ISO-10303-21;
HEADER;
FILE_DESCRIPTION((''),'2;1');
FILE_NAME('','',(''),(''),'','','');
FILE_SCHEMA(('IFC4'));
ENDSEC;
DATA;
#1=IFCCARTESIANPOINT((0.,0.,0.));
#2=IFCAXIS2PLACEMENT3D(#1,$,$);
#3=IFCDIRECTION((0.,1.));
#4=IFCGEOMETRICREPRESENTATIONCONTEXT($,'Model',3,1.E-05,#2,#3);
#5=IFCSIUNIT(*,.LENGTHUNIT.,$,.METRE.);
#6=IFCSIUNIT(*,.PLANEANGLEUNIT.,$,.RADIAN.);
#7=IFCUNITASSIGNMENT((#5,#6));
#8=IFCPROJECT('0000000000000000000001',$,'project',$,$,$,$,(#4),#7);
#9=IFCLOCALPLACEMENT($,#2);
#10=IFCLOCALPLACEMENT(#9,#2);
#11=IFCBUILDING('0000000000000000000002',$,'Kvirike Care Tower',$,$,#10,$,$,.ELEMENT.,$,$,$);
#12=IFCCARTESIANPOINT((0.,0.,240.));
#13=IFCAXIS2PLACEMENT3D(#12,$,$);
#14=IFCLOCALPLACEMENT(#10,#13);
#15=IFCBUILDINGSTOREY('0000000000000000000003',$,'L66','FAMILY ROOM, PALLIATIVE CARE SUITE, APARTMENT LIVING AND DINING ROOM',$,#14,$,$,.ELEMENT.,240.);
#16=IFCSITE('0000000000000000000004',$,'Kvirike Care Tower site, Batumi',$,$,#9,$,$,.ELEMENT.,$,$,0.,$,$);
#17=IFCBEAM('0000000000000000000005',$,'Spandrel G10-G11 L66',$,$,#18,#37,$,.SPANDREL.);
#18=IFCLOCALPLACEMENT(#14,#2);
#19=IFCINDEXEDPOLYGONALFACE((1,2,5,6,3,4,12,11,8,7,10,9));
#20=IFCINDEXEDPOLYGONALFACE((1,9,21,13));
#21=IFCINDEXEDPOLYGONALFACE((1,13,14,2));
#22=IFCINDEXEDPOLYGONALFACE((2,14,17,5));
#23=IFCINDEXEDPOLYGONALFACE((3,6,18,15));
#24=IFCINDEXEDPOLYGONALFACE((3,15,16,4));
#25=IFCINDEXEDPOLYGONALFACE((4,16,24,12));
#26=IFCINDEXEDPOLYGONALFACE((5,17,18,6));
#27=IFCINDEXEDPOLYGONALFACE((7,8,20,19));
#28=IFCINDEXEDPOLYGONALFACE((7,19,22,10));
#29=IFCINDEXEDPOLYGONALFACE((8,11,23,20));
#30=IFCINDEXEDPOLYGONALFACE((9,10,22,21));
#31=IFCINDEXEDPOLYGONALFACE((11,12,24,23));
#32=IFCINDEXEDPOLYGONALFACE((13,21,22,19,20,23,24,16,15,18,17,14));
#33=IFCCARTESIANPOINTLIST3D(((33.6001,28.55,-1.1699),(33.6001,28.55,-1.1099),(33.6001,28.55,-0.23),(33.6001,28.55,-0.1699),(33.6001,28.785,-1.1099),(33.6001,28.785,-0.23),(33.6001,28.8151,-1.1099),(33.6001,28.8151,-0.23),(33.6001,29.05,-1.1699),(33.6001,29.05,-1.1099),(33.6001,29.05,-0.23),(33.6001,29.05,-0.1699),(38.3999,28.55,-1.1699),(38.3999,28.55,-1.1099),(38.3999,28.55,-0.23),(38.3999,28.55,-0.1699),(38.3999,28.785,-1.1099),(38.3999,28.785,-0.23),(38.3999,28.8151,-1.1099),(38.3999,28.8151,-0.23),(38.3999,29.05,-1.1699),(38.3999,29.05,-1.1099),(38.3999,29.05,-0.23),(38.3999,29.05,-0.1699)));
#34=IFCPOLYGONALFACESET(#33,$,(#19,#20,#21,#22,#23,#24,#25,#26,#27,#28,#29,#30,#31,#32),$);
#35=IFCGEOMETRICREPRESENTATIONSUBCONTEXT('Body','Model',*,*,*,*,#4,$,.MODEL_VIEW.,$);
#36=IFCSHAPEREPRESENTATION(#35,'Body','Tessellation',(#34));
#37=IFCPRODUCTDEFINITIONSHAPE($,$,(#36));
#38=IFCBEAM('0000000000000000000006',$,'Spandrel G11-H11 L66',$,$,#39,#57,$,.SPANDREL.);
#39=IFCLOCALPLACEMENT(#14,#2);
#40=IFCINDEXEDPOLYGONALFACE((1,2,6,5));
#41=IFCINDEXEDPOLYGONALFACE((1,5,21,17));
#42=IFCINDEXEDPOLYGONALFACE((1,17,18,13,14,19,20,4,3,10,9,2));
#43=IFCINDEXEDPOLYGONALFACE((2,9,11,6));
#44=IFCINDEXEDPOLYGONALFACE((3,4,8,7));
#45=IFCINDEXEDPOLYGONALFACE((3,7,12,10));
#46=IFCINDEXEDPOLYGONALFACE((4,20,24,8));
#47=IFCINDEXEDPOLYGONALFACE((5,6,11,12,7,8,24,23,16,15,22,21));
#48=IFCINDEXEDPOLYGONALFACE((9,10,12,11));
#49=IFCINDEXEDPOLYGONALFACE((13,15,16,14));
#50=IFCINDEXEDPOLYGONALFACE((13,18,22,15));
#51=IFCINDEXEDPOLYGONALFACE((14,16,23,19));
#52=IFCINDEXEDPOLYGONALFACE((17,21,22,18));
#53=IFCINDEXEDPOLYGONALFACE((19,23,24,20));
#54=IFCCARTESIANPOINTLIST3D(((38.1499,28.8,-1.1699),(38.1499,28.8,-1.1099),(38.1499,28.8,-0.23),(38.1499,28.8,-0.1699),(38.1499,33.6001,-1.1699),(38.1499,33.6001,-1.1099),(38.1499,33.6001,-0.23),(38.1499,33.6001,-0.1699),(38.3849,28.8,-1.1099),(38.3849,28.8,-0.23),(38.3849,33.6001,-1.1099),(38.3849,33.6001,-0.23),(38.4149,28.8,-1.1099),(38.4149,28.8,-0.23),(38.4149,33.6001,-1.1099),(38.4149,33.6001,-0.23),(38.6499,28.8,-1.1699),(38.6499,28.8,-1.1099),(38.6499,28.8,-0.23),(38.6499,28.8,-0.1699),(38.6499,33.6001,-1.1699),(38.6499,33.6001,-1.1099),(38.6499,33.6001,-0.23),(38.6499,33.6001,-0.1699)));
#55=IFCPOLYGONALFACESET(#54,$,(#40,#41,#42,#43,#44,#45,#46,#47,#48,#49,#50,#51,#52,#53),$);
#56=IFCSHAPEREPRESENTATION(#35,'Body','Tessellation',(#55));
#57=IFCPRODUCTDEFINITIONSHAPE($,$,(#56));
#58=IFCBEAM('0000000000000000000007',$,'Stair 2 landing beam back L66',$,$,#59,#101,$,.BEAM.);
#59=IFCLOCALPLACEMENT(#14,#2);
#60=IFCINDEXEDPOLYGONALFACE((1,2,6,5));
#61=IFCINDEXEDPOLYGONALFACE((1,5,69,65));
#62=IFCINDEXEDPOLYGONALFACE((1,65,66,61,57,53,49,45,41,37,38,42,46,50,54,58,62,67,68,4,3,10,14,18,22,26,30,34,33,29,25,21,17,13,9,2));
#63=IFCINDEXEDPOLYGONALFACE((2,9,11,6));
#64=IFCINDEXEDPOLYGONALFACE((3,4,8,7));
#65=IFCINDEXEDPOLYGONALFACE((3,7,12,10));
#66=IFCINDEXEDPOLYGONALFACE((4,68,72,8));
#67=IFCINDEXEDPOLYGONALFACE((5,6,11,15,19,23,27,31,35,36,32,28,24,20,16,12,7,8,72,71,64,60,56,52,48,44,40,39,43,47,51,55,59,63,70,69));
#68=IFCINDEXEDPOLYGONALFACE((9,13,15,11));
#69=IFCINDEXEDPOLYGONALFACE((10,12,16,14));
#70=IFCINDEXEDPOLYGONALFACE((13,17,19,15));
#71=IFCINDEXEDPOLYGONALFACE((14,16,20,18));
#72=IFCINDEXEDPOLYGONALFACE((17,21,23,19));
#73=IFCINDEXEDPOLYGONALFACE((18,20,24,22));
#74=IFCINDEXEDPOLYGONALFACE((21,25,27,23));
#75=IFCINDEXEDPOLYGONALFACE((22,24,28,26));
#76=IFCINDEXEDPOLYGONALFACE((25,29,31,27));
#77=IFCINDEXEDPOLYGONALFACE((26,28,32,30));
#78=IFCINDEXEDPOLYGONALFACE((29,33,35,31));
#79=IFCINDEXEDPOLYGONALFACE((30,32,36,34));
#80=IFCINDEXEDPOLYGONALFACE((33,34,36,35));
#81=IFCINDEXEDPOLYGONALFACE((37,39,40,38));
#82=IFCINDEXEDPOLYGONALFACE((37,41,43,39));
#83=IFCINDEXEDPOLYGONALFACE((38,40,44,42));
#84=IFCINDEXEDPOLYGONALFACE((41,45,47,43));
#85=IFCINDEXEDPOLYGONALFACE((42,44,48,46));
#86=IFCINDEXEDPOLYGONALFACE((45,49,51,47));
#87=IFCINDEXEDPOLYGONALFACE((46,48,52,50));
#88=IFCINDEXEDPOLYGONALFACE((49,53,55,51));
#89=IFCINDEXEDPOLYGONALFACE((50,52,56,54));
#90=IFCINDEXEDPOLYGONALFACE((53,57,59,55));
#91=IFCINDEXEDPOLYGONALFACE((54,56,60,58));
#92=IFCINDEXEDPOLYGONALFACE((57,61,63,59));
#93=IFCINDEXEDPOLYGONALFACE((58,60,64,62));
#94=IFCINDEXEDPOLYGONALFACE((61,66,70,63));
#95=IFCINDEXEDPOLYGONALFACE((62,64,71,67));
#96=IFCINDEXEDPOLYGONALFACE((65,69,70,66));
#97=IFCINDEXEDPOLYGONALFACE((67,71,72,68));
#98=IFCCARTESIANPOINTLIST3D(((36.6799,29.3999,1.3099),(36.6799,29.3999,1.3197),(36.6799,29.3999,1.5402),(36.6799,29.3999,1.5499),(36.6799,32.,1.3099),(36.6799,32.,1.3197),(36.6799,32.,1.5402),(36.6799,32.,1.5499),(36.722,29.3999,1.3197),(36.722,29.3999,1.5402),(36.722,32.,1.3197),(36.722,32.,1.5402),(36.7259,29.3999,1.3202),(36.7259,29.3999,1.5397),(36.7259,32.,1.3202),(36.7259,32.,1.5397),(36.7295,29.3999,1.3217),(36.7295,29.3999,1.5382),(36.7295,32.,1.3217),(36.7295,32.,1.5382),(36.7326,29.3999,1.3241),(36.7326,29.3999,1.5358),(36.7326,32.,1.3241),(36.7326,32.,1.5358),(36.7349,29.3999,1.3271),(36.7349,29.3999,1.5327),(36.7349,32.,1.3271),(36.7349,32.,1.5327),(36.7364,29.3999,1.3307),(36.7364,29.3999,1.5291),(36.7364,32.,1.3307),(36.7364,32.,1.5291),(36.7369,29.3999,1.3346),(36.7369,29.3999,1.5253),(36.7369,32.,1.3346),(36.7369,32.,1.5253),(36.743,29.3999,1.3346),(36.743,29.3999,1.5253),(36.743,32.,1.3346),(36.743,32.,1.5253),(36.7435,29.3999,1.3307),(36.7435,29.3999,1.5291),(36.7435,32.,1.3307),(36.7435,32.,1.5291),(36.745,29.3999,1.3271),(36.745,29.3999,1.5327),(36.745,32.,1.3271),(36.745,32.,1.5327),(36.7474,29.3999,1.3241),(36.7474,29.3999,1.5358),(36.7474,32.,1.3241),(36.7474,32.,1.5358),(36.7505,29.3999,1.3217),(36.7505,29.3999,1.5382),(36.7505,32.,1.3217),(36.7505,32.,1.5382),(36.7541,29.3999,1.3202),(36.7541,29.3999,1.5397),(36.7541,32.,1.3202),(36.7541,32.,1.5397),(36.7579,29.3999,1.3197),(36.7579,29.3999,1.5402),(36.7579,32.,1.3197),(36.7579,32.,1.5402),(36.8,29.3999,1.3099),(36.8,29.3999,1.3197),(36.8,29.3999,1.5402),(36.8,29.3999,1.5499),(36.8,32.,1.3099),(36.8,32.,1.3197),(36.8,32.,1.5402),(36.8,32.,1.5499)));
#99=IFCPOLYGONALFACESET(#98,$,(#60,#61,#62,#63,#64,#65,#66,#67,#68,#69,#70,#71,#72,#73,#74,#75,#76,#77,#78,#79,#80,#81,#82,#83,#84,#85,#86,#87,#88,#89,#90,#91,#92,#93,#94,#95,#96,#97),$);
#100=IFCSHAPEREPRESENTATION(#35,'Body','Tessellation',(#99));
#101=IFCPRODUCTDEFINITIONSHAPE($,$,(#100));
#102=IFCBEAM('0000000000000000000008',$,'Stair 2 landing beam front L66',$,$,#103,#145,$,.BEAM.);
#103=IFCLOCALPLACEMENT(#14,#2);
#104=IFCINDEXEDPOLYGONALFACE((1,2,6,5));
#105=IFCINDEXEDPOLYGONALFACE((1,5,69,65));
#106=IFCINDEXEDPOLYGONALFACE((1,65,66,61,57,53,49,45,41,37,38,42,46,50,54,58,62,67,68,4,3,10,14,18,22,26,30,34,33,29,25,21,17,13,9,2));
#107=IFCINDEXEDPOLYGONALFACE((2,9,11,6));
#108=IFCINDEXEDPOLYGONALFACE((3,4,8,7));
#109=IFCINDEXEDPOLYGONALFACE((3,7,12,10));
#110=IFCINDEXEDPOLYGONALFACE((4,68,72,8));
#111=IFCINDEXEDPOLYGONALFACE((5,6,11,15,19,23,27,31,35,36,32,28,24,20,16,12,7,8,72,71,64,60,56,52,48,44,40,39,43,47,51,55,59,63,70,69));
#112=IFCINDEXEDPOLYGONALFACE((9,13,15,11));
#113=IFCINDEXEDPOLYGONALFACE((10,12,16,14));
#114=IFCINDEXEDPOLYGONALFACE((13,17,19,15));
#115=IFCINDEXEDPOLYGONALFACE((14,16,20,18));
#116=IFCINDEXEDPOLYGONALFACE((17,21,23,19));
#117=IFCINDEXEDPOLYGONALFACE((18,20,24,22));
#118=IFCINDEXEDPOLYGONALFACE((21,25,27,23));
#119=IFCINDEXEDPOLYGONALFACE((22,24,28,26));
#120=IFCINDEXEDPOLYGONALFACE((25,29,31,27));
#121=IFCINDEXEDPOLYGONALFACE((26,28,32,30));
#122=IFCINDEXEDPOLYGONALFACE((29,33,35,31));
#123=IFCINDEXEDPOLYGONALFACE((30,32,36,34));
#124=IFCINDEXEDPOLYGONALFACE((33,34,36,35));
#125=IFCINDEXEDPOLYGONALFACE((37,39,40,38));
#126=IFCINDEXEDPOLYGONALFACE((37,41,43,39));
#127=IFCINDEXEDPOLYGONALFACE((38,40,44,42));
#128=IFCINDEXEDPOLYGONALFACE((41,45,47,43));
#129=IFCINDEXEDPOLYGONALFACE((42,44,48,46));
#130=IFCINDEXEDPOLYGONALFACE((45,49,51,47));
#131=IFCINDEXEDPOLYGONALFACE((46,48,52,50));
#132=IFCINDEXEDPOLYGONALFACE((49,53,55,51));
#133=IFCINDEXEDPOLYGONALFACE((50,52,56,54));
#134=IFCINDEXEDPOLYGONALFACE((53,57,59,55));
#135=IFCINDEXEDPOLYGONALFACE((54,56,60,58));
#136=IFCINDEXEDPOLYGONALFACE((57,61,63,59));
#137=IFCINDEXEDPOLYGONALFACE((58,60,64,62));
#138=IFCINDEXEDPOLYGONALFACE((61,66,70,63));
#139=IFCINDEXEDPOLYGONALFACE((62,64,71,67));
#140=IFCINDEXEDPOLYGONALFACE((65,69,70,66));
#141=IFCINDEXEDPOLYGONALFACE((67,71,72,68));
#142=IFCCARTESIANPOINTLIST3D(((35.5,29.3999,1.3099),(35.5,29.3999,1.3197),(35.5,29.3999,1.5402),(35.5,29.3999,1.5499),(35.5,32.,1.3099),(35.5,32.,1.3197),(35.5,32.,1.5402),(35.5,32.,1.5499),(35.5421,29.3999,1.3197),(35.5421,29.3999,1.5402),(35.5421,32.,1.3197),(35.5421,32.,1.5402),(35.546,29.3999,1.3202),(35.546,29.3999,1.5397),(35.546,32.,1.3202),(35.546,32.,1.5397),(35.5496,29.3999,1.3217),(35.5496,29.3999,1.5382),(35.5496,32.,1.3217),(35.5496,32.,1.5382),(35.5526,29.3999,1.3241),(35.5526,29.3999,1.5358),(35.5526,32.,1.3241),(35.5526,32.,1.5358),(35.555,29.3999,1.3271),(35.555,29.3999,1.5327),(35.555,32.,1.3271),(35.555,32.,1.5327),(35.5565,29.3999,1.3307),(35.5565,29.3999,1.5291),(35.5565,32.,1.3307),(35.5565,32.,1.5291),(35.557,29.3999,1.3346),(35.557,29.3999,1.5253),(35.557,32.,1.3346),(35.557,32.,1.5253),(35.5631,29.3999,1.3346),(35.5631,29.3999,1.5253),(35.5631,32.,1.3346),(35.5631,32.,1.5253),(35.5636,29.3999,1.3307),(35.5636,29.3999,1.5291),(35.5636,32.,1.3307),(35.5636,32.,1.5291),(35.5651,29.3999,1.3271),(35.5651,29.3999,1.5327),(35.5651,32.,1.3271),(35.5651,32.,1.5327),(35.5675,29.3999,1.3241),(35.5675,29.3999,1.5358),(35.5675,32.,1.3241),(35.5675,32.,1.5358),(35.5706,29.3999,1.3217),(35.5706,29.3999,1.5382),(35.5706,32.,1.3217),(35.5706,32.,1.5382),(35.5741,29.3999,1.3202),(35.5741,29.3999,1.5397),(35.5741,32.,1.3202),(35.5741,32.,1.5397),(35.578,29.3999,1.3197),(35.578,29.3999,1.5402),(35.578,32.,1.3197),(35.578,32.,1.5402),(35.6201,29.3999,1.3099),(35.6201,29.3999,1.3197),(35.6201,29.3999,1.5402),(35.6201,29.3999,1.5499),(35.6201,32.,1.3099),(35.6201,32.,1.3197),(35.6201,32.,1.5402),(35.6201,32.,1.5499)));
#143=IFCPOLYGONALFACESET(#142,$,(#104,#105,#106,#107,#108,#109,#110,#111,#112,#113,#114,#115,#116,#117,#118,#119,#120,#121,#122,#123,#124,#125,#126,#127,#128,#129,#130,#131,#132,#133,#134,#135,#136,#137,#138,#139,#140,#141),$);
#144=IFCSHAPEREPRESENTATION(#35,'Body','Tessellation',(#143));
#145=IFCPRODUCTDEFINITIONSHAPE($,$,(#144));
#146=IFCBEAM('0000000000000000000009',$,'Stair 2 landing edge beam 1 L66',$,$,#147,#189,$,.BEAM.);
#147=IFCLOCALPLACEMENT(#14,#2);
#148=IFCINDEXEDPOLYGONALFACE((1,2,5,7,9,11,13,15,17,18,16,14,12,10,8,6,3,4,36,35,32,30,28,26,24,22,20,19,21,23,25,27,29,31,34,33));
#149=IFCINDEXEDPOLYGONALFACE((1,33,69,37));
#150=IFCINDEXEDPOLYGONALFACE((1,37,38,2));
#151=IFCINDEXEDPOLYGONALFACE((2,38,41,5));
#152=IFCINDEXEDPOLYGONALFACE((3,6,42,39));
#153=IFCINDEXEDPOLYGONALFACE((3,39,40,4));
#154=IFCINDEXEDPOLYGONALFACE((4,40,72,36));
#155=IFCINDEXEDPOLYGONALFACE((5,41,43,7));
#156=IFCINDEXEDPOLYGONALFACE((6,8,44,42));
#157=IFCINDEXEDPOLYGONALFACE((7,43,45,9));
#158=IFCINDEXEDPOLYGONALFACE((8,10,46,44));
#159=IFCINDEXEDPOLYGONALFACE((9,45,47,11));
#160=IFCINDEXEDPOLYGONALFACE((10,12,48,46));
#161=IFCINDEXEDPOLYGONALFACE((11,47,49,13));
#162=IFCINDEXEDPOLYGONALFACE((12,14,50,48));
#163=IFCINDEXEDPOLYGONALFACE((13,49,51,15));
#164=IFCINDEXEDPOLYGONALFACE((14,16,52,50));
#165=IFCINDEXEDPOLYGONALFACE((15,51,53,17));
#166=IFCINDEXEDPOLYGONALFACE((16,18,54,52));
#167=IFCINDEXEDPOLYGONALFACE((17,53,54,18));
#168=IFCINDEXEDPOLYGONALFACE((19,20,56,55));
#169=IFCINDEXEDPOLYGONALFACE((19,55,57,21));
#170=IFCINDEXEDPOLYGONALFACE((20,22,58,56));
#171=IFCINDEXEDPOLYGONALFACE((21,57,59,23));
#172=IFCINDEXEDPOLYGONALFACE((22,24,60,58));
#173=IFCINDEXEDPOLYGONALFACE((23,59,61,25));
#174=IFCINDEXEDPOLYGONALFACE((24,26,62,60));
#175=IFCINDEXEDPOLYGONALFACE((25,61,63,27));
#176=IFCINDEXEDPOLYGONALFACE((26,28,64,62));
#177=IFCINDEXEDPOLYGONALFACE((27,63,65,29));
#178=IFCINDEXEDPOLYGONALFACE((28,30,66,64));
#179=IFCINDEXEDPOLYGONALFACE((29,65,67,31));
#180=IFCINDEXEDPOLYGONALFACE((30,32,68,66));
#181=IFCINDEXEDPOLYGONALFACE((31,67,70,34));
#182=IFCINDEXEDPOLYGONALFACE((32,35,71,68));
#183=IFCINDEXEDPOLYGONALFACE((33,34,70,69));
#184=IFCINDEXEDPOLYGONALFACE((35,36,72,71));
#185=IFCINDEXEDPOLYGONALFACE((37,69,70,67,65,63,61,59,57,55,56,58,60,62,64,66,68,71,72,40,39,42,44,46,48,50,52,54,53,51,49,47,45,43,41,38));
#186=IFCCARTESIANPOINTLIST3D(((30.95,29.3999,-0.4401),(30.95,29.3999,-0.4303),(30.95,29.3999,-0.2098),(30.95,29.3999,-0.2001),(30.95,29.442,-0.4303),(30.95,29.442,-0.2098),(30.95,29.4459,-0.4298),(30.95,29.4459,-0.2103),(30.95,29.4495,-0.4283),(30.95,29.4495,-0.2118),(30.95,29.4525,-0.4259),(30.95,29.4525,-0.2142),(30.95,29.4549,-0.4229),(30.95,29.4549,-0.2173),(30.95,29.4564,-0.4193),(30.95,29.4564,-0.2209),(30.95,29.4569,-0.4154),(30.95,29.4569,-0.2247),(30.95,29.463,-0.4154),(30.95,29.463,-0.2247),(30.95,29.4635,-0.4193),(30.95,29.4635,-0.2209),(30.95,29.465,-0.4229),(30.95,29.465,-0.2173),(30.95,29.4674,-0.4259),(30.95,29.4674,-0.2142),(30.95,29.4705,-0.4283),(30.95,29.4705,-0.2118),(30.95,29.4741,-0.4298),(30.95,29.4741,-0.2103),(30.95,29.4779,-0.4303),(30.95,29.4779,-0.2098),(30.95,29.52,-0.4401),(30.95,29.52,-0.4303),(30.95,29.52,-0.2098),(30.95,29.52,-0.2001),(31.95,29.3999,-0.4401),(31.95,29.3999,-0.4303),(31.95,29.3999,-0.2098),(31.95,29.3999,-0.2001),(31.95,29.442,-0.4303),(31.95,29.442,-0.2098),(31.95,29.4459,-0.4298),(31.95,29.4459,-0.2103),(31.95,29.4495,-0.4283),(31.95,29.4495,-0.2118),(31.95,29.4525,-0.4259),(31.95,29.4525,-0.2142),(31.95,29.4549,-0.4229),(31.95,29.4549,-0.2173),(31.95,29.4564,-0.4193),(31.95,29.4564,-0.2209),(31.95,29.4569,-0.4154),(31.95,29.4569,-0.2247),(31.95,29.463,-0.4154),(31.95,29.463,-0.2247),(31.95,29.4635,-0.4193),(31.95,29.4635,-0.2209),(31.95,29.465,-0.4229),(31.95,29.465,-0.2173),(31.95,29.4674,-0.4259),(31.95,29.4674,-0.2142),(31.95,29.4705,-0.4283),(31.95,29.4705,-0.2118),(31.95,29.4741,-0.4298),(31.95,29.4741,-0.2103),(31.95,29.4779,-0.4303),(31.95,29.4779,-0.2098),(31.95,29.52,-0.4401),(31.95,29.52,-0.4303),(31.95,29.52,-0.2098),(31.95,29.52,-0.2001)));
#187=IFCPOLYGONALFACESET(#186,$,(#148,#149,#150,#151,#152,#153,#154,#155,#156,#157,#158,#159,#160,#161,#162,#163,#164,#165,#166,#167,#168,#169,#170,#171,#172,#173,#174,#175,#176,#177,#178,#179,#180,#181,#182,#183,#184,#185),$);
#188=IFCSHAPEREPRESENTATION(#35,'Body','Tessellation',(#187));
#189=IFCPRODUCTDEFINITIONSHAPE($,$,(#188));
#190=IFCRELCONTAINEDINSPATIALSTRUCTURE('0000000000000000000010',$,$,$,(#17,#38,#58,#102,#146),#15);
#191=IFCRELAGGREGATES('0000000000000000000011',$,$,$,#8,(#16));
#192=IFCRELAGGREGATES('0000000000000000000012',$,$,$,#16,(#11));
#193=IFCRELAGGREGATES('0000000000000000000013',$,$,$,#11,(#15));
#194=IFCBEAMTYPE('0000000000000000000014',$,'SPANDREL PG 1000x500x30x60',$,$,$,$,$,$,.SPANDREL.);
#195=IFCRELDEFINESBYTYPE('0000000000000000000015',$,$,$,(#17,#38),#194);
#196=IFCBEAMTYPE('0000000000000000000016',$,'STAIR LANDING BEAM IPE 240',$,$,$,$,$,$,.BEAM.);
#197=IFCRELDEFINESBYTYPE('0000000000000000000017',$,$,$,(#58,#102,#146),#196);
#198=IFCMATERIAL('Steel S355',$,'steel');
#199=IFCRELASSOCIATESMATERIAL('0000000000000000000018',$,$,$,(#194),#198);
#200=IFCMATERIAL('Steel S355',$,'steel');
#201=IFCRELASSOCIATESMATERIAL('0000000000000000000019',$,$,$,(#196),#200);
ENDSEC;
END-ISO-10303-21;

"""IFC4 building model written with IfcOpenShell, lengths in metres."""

from ifc_helpers import new_model, si_unit, direction, frame, origin, origin_2d, place, context, subcontext, project, spatial, i_section, extrude, material, material_profile, profile_set, type_object, element, save


model = new_model("IFC4")

# Units and contexts
model_context = context("Model", 3, precision=1e-05, world=origin(), true_north=direction((0.0, 1.0)))
body_context = subcontext(model_context, "Body", "Model", "MODEL_VIEW")
ifc_project = project(units=[si_unit("LENGTHUNIT", "METRE"), si_unit("PLANEANGLEUNIT", "RADIAN")], contexts=[model_context])

# Site, building, storey
site_placement = place(None, origin())
site = spatial("IfcSite", under=ifc_project, at=site_placement, Name="Kvirike Care Tower site, Batumi", CompositionType="ELEMENT", RefElevation=0.0)
building_placement = place(site_placement, origin())
building = spatial("IfcBuilding", under=site, at=building_placement, Name="Kvirike Care Tower", CompositionType="ELEMENT")
storey_placement = place(building_placement, frame((0.0, 0.0, 240.0)))
storey = spatial("IfcBuildingStorey", under=building, at=storey_placement, Name="L66", Description="FAMILY ROOM, PALLIATIVE CARE SUITE, APARTMENT LIVING AND DINING ROOM", CompositionType="ELEMENT", Elevation=240.0)

# Beams
ifc_material_1 = material(Name="Steel S355", Category="steel")
ifc_material_profile_1 = material_profile(ifc_material_1, i_section(OverallWidth=0.5, OverallDepth=1.0, WebThickness=0.03, FlangeThickness=0.0601, at=origin_2d()), Name="PG 1000x500x30x60")
ifc_profile_set_1 = profile_set([ifc_material_profile_1], Name="Steel S355")
beam_type_1 = type_object("IfcBeamType", Name="SPANDREL PG 1000x500x30x60", PredefinedType="SPANDREL", material=ifc_profile_set_1)
beam_1_placement = place(storey_placement, frame((33.6001, 28.8, -0.6699), z_axis=(1.0, 0.0, 0.0), x_axis=(0.0, 1.0, 0.0)))
element("IfcBeam", 1, at=beam_1_placement, inside=storey, type_object=beam_type_1, Name="Spandrel G10-G11 L66", PredefinedType="SPANDREL", context=body_context, shape_type="SweptSolid", body=[
    extrude(i_section(OverallWidth=0.5, OverallDepth=1.0, WebThickness=0.03, FlangeThickness=0.0601, at=origin_2d()), origin(), (0.0, 0.0, 1.0), 4.7998),
])
beam_2_placement = place(storey_placement, frame((38.3999, 28.8, -0.6699), z_axis=(0.0, 1.0, 0.0), x_axis=(-1.0, 0.0, 0.0)))
element("IfcBeam", 2, at=beam_2_placement, inside=storey, type_object=beam_type_1, Name="Spandrel G11-H11 L66", PredefinedType="SPANDREL", context=body_context, shape_type="SweptSolid", body=[
    extrude(i_section(OverallWidth=0.5, OverallDepth=1.0, WebThickness=0.03, FlangeThickness=0.0601, at=origin_2d()), origin(), (0.0, 0.0, 1.0), 4.8),
])
ifc_material_2 = material(Name="Steel S355", Category="steel")
ifc_material_profile_2 = material_profile(ifc_material_2, i_section(OverallWidth=0.1201, OverallDepth=0.24, WebThickness=0.0061, FlangeThickness=0.0098, FilletRadius=0.0149, at=origin_2d()), Name="IPE 240")
ifc_profile_set_2 = profile_set([ifc_material_profile_2], Name="Steel S355")
beam_type_2 = type_object("IfcBeamType", Name="STAIR LANDING BEAM IPE 240", PredefinedType="BEAM", material=ifc_profile_set_2)
for number, where, z_axis, x_axis, name in (
    (3, (36.74, 29.3999, 1.4299), (0.0, 1.0, 0.0), (-1.0, 0.0, 0.0), "Stair 2 landing beam back L66"),
    (4, (35.5601, 29.3999, 1.4299), (0.0, 1.0, 0.0), (-1.0, 0.0, 0.0), "Stair 2 landing beam front L66"),
):
    element("IfcBeam", number, at=place(storey_placement, frame(where, z_axis=z_axis, x_axis=x_axis)), inside=storey, type_object=beam_type_2, Name=name, PredefinedType="BEAM", context=body_context, shape_type="SweptSolid", body=[
        extrude(i_section(OverallWidth=0.1201, OverallDepth=0.24, WebThickness=0.0061, FlangeThickness=0.0098, FilletRadius=0.0149, at=origin_2d()), origin(), (0.0, 0.0, 1.0), 2.6001),
    ])
for number, where, z_axis, x_axis, name in (
    (5, (31.95, 29.46, -0.3201), (-1.0, 0.0, 0.0), (0.0, -1.0, 0.0), "Stair 2 landing edge beam 1 L66"),
):
    element("IfcBeam", number, at=place(storey_placement, frame(where, z_axis=z_axis, x_axis=x_axis)), inside=storey, type_object=beam_type_2, Name=name, PredefinedType="BEAM", context=body_context, shape_type="SweptSolid", body=[
        extrude(i_section(OverallWidth=0.1201, OverallDepth=0.24, WebThickness=0.0061, FlangeThickness=0.0098, FilletRadius=0.0149, at=origin_2d()), origin(), (0.0, 0.0, 1.0), 1.0),
    ])

save(model, "model.ifc")
